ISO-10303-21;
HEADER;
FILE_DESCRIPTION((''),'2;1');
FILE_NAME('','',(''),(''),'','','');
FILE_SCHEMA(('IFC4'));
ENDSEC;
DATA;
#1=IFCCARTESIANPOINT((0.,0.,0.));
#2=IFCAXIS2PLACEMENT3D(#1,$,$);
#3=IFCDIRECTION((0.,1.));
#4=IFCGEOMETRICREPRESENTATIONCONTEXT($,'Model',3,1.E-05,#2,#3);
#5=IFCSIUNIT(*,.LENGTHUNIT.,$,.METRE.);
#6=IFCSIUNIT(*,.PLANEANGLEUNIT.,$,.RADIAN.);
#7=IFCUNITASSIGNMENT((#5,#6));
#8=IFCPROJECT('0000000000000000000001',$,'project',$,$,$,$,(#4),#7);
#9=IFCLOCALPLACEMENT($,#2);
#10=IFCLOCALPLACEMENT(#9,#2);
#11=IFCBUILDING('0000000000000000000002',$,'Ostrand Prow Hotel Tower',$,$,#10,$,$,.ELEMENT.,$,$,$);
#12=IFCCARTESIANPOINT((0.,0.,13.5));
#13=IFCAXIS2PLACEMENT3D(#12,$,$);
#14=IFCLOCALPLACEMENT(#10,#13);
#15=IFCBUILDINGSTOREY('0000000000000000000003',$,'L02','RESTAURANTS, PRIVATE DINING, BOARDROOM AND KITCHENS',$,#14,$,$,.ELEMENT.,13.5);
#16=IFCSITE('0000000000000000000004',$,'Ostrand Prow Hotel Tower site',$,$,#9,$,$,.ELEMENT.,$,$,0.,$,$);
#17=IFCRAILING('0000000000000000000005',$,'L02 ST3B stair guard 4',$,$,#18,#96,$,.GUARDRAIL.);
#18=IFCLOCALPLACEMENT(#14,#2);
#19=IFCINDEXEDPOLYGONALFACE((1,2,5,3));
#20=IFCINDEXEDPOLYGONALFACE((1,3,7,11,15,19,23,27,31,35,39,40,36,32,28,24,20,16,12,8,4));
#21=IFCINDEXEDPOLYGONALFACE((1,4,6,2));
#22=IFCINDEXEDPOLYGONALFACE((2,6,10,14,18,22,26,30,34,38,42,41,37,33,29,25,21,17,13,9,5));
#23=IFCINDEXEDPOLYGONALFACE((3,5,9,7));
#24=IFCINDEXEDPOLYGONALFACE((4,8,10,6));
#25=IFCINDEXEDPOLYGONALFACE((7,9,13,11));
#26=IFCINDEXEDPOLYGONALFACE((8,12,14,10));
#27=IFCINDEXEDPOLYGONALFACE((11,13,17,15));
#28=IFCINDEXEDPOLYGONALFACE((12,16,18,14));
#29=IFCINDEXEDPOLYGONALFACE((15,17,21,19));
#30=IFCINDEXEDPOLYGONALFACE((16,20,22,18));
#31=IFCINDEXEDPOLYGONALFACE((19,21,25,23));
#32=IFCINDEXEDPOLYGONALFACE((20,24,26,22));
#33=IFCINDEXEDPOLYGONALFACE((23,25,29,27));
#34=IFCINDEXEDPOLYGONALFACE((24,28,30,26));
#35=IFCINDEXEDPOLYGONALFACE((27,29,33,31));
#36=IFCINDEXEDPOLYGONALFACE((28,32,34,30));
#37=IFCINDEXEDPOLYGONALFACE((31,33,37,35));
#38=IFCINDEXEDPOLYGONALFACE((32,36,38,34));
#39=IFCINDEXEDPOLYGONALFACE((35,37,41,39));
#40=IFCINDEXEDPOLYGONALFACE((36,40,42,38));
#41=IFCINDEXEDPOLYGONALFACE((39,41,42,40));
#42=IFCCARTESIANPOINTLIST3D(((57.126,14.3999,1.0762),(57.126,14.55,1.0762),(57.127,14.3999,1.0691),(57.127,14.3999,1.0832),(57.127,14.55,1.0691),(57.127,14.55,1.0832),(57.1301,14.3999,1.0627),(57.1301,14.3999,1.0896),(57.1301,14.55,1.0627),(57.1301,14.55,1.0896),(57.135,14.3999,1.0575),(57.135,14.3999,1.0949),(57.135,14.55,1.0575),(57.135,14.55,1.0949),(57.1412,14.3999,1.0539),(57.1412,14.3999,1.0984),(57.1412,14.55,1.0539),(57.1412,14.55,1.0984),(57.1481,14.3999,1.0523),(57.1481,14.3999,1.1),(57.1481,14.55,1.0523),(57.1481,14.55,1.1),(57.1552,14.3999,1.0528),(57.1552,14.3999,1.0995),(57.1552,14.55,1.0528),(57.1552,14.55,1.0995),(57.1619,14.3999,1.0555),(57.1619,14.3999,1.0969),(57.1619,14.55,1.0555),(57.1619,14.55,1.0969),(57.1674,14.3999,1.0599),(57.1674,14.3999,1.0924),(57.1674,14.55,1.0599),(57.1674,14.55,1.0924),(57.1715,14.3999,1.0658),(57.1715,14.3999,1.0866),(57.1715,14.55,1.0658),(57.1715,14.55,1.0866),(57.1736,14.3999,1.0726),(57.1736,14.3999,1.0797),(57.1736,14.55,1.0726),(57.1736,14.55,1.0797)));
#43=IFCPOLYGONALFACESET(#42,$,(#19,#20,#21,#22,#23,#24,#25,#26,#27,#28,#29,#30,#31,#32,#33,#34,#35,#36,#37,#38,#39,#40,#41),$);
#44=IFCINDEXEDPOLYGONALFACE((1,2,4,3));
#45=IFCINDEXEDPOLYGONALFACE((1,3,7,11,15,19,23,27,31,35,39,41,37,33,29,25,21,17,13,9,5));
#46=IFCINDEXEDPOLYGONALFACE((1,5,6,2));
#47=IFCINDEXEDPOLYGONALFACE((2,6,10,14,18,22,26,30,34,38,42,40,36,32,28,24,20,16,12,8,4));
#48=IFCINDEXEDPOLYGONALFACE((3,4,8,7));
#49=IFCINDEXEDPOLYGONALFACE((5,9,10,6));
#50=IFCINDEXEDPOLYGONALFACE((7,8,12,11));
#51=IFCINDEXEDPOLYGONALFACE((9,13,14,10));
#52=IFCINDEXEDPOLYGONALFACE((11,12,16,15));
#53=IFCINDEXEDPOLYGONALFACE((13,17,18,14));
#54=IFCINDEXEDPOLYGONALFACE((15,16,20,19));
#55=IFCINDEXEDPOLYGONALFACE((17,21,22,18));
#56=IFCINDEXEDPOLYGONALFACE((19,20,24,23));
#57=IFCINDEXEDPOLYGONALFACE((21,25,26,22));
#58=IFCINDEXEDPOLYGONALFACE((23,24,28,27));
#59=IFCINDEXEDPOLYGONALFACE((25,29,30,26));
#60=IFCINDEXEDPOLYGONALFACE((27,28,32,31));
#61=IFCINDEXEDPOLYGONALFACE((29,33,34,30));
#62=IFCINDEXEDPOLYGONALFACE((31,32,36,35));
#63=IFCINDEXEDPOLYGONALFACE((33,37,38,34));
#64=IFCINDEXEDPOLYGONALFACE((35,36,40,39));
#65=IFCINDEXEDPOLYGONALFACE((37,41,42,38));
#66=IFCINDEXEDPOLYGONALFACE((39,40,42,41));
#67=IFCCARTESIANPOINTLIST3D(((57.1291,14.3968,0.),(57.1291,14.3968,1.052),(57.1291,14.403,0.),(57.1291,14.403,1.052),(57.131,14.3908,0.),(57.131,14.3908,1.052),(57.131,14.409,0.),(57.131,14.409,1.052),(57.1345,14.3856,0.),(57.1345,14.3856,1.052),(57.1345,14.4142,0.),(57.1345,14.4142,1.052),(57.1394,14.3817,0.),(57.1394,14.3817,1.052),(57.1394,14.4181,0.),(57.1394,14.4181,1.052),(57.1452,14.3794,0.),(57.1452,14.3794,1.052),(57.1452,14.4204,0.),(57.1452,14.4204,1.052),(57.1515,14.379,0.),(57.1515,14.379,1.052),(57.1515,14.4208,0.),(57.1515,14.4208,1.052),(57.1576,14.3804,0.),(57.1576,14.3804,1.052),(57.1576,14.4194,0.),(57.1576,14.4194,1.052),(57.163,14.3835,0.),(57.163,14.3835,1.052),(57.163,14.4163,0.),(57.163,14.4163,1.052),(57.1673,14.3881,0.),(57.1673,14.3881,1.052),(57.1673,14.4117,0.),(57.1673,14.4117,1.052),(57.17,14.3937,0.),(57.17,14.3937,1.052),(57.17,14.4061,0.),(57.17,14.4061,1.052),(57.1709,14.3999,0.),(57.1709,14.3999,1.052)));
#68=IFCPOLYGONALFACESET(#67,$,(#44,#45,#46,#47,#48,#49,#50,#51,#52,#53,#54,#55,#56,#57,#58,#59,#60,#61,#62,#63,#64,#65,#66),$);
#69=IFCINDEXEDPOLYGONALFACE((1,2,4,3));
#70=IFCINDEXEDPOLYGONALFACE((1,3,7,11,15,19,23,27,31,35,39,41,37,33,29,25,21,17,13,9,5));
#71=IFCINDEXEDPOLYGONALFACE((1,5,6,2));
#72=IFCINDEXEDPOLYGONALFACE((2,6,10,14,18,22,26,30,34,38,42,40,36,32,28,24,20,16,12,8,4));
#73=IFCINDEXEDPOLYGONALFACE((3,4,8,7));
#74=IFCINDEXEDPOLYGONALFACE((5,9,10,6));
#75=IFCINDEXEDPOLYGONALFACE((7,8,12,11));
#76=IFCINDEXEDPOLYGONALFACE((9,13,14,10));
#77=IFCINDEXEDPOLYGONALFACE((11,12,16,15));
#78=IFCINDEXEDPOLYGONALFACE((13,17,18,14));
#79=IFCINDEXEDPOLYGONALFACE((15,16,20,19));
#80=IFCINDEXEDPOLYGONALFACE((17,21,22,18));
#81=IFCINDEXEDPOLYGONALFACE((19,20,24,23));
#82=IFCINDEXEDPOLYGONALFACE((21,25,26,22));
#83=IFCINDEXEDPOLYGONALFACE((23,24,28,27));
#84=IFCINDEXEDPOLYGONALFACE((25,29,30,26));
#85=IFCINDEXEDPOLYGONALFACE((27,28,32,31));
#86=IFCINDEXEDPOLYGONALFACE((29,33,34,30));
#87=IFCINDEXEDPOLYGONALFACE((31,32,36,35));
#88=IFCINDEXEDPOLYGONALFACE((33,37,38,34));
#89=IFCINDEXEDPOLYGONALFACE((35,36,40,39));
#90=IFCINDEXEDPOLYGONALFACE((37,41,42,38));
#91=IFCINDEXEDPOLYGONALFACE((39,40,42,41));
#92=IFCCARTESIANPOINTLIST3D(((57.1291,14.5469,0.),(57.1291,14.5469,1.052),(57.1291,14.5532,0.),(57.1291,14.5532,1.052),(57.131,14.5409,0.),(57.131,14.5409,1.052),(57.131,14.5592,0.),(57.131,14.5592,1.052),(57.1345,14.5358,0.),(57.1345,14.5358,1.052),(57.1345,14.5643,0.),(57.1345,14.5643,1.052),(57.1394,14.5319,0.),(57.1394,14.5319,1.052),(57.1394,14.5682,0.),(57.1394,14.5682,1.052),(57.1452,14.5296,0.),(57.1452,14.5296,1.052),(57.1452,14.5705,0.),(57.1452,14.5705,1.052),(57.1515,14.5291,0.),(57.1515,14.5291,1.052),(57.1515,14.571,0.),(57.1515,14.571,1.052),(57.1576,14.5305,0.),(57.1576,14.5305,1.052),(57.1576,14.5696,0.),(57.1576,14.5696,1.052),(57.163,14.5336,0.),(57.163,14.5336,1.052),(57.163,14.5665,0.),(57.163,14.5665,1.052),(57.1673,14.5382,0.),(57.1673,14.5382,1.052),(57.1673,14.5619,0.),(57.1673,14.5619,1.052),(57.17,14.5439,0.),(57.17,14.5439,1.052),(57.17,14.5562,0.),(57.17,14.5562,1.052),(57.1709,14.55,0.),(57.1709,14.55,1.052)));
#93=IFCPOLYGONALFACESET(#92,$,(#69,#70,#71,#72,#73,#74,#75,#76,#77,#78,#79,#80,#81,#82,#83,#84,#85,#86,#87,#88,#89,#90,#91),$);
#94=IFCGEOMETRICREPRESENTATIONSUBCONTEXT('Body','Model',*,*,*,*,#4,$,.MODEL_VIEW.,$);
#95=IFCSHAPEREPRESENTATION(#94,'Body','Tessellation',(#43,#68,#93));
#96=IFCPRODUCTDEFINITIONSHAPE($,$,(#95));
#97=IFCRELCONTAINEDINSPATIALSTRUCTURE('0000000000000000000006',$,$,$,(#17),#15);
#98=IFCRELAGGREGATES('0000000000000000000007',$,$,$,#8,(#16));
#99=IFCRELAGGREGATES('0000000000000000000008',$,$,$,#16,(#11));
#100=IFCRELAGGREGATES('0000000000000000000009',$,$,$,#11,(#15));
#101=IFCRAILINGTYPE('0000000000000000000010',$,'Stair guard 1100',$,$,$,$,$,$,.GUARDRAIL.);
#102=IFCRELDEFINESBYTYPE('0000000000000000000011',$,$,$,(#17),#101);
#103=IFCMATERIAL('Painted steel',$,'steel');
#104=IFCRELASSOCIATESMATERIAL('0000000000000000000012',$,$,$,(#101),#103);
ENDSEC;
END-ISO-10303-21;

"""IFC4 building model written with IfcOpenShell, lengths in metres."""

from ifc_helpers import new_model, si_unit, direction, frame, origin, origin_2d, place, context, subcontext, project, spatial, circle, extrude, material, type_object, element, save


model = new_model("IFC4")

# Units and contexts
model_context = context("Model", 3, precision=1e-05, world=origin(), true_north=direction((0.0, 1.0)))
body_context = subcontext(model_context, "Body", "Model", "MODEL_VIEW")
ifc_project = project(units=[si_unit("LENGTHUNIT", "METRE"), si_unit("PLANEANGLEUNIT", "RADIAN")], contexts=[model_context])

# Site, building, storey
site_placement = place(None, origin())
site = spatial("IfcSite", under=ifc_project, at=site_placement, Name="Ostrand Prow Hotel Tower site", CompositionType="ELEMENT", RefElevation=0.0)
building_placement = place(site_placement, origin())
building = spatial("IfcBuilding", under=site, at=building_placement, Name="Ostrand Prow Hotel Tower", CompositionType="ELEMENT")
storey_placement = place(building_placement, frame((0.0, 0.0, 13.5)))
storey = spatial("IfcBuildingStorey", under=building, at=storey_placement, Name="L02", Description="RESTAURANTS, PRIVATE DINING, BOARDROOM AND KITCHENS", CompositionType="ELEMENT", Elevation=13.5)

# Railing
ifc_material_1 = material(Name="Painted steel", Category="steel")
railing_type_1 = type_object("IfcRailingType", Name="Stair guard 1100", PredefinedType="GUARDRAIL", material=ifc_material_1)
railing_1_placement = place(storey_placement, frame((57.1499, 14.3999, 0.0)))
element("IfcRailing", 1, at=railing_1_placement, inside=storey, type_object=railing_type_1, Name="L02 ST3B stair guard 4", PredefinedType="GUARDRAIL", context=body_context, shape_type="SweptSolid", body=[
    extrude(circle(Radius=0.0239, at=origin_2d()), frame((0.0, 0.0, 1.0762), z_axis=(0.0, 1.0, 0.0), x_axis=(-1.0, 0.0, 0.0)), (0.0, 0.0, 1.0), 0.1501),
    extrude(circle(Radius=0.021, at=origin_2d()), origin(), (0.0, 0.0, 1.0), 1.052),
    extrude(circle(Radius=0.021, at=origin_2d()), frame((0.0, 0.1501, 0.0)), (0.0, 0.0, 1.0), 1.052),
])

save(model, "model.ifc")
